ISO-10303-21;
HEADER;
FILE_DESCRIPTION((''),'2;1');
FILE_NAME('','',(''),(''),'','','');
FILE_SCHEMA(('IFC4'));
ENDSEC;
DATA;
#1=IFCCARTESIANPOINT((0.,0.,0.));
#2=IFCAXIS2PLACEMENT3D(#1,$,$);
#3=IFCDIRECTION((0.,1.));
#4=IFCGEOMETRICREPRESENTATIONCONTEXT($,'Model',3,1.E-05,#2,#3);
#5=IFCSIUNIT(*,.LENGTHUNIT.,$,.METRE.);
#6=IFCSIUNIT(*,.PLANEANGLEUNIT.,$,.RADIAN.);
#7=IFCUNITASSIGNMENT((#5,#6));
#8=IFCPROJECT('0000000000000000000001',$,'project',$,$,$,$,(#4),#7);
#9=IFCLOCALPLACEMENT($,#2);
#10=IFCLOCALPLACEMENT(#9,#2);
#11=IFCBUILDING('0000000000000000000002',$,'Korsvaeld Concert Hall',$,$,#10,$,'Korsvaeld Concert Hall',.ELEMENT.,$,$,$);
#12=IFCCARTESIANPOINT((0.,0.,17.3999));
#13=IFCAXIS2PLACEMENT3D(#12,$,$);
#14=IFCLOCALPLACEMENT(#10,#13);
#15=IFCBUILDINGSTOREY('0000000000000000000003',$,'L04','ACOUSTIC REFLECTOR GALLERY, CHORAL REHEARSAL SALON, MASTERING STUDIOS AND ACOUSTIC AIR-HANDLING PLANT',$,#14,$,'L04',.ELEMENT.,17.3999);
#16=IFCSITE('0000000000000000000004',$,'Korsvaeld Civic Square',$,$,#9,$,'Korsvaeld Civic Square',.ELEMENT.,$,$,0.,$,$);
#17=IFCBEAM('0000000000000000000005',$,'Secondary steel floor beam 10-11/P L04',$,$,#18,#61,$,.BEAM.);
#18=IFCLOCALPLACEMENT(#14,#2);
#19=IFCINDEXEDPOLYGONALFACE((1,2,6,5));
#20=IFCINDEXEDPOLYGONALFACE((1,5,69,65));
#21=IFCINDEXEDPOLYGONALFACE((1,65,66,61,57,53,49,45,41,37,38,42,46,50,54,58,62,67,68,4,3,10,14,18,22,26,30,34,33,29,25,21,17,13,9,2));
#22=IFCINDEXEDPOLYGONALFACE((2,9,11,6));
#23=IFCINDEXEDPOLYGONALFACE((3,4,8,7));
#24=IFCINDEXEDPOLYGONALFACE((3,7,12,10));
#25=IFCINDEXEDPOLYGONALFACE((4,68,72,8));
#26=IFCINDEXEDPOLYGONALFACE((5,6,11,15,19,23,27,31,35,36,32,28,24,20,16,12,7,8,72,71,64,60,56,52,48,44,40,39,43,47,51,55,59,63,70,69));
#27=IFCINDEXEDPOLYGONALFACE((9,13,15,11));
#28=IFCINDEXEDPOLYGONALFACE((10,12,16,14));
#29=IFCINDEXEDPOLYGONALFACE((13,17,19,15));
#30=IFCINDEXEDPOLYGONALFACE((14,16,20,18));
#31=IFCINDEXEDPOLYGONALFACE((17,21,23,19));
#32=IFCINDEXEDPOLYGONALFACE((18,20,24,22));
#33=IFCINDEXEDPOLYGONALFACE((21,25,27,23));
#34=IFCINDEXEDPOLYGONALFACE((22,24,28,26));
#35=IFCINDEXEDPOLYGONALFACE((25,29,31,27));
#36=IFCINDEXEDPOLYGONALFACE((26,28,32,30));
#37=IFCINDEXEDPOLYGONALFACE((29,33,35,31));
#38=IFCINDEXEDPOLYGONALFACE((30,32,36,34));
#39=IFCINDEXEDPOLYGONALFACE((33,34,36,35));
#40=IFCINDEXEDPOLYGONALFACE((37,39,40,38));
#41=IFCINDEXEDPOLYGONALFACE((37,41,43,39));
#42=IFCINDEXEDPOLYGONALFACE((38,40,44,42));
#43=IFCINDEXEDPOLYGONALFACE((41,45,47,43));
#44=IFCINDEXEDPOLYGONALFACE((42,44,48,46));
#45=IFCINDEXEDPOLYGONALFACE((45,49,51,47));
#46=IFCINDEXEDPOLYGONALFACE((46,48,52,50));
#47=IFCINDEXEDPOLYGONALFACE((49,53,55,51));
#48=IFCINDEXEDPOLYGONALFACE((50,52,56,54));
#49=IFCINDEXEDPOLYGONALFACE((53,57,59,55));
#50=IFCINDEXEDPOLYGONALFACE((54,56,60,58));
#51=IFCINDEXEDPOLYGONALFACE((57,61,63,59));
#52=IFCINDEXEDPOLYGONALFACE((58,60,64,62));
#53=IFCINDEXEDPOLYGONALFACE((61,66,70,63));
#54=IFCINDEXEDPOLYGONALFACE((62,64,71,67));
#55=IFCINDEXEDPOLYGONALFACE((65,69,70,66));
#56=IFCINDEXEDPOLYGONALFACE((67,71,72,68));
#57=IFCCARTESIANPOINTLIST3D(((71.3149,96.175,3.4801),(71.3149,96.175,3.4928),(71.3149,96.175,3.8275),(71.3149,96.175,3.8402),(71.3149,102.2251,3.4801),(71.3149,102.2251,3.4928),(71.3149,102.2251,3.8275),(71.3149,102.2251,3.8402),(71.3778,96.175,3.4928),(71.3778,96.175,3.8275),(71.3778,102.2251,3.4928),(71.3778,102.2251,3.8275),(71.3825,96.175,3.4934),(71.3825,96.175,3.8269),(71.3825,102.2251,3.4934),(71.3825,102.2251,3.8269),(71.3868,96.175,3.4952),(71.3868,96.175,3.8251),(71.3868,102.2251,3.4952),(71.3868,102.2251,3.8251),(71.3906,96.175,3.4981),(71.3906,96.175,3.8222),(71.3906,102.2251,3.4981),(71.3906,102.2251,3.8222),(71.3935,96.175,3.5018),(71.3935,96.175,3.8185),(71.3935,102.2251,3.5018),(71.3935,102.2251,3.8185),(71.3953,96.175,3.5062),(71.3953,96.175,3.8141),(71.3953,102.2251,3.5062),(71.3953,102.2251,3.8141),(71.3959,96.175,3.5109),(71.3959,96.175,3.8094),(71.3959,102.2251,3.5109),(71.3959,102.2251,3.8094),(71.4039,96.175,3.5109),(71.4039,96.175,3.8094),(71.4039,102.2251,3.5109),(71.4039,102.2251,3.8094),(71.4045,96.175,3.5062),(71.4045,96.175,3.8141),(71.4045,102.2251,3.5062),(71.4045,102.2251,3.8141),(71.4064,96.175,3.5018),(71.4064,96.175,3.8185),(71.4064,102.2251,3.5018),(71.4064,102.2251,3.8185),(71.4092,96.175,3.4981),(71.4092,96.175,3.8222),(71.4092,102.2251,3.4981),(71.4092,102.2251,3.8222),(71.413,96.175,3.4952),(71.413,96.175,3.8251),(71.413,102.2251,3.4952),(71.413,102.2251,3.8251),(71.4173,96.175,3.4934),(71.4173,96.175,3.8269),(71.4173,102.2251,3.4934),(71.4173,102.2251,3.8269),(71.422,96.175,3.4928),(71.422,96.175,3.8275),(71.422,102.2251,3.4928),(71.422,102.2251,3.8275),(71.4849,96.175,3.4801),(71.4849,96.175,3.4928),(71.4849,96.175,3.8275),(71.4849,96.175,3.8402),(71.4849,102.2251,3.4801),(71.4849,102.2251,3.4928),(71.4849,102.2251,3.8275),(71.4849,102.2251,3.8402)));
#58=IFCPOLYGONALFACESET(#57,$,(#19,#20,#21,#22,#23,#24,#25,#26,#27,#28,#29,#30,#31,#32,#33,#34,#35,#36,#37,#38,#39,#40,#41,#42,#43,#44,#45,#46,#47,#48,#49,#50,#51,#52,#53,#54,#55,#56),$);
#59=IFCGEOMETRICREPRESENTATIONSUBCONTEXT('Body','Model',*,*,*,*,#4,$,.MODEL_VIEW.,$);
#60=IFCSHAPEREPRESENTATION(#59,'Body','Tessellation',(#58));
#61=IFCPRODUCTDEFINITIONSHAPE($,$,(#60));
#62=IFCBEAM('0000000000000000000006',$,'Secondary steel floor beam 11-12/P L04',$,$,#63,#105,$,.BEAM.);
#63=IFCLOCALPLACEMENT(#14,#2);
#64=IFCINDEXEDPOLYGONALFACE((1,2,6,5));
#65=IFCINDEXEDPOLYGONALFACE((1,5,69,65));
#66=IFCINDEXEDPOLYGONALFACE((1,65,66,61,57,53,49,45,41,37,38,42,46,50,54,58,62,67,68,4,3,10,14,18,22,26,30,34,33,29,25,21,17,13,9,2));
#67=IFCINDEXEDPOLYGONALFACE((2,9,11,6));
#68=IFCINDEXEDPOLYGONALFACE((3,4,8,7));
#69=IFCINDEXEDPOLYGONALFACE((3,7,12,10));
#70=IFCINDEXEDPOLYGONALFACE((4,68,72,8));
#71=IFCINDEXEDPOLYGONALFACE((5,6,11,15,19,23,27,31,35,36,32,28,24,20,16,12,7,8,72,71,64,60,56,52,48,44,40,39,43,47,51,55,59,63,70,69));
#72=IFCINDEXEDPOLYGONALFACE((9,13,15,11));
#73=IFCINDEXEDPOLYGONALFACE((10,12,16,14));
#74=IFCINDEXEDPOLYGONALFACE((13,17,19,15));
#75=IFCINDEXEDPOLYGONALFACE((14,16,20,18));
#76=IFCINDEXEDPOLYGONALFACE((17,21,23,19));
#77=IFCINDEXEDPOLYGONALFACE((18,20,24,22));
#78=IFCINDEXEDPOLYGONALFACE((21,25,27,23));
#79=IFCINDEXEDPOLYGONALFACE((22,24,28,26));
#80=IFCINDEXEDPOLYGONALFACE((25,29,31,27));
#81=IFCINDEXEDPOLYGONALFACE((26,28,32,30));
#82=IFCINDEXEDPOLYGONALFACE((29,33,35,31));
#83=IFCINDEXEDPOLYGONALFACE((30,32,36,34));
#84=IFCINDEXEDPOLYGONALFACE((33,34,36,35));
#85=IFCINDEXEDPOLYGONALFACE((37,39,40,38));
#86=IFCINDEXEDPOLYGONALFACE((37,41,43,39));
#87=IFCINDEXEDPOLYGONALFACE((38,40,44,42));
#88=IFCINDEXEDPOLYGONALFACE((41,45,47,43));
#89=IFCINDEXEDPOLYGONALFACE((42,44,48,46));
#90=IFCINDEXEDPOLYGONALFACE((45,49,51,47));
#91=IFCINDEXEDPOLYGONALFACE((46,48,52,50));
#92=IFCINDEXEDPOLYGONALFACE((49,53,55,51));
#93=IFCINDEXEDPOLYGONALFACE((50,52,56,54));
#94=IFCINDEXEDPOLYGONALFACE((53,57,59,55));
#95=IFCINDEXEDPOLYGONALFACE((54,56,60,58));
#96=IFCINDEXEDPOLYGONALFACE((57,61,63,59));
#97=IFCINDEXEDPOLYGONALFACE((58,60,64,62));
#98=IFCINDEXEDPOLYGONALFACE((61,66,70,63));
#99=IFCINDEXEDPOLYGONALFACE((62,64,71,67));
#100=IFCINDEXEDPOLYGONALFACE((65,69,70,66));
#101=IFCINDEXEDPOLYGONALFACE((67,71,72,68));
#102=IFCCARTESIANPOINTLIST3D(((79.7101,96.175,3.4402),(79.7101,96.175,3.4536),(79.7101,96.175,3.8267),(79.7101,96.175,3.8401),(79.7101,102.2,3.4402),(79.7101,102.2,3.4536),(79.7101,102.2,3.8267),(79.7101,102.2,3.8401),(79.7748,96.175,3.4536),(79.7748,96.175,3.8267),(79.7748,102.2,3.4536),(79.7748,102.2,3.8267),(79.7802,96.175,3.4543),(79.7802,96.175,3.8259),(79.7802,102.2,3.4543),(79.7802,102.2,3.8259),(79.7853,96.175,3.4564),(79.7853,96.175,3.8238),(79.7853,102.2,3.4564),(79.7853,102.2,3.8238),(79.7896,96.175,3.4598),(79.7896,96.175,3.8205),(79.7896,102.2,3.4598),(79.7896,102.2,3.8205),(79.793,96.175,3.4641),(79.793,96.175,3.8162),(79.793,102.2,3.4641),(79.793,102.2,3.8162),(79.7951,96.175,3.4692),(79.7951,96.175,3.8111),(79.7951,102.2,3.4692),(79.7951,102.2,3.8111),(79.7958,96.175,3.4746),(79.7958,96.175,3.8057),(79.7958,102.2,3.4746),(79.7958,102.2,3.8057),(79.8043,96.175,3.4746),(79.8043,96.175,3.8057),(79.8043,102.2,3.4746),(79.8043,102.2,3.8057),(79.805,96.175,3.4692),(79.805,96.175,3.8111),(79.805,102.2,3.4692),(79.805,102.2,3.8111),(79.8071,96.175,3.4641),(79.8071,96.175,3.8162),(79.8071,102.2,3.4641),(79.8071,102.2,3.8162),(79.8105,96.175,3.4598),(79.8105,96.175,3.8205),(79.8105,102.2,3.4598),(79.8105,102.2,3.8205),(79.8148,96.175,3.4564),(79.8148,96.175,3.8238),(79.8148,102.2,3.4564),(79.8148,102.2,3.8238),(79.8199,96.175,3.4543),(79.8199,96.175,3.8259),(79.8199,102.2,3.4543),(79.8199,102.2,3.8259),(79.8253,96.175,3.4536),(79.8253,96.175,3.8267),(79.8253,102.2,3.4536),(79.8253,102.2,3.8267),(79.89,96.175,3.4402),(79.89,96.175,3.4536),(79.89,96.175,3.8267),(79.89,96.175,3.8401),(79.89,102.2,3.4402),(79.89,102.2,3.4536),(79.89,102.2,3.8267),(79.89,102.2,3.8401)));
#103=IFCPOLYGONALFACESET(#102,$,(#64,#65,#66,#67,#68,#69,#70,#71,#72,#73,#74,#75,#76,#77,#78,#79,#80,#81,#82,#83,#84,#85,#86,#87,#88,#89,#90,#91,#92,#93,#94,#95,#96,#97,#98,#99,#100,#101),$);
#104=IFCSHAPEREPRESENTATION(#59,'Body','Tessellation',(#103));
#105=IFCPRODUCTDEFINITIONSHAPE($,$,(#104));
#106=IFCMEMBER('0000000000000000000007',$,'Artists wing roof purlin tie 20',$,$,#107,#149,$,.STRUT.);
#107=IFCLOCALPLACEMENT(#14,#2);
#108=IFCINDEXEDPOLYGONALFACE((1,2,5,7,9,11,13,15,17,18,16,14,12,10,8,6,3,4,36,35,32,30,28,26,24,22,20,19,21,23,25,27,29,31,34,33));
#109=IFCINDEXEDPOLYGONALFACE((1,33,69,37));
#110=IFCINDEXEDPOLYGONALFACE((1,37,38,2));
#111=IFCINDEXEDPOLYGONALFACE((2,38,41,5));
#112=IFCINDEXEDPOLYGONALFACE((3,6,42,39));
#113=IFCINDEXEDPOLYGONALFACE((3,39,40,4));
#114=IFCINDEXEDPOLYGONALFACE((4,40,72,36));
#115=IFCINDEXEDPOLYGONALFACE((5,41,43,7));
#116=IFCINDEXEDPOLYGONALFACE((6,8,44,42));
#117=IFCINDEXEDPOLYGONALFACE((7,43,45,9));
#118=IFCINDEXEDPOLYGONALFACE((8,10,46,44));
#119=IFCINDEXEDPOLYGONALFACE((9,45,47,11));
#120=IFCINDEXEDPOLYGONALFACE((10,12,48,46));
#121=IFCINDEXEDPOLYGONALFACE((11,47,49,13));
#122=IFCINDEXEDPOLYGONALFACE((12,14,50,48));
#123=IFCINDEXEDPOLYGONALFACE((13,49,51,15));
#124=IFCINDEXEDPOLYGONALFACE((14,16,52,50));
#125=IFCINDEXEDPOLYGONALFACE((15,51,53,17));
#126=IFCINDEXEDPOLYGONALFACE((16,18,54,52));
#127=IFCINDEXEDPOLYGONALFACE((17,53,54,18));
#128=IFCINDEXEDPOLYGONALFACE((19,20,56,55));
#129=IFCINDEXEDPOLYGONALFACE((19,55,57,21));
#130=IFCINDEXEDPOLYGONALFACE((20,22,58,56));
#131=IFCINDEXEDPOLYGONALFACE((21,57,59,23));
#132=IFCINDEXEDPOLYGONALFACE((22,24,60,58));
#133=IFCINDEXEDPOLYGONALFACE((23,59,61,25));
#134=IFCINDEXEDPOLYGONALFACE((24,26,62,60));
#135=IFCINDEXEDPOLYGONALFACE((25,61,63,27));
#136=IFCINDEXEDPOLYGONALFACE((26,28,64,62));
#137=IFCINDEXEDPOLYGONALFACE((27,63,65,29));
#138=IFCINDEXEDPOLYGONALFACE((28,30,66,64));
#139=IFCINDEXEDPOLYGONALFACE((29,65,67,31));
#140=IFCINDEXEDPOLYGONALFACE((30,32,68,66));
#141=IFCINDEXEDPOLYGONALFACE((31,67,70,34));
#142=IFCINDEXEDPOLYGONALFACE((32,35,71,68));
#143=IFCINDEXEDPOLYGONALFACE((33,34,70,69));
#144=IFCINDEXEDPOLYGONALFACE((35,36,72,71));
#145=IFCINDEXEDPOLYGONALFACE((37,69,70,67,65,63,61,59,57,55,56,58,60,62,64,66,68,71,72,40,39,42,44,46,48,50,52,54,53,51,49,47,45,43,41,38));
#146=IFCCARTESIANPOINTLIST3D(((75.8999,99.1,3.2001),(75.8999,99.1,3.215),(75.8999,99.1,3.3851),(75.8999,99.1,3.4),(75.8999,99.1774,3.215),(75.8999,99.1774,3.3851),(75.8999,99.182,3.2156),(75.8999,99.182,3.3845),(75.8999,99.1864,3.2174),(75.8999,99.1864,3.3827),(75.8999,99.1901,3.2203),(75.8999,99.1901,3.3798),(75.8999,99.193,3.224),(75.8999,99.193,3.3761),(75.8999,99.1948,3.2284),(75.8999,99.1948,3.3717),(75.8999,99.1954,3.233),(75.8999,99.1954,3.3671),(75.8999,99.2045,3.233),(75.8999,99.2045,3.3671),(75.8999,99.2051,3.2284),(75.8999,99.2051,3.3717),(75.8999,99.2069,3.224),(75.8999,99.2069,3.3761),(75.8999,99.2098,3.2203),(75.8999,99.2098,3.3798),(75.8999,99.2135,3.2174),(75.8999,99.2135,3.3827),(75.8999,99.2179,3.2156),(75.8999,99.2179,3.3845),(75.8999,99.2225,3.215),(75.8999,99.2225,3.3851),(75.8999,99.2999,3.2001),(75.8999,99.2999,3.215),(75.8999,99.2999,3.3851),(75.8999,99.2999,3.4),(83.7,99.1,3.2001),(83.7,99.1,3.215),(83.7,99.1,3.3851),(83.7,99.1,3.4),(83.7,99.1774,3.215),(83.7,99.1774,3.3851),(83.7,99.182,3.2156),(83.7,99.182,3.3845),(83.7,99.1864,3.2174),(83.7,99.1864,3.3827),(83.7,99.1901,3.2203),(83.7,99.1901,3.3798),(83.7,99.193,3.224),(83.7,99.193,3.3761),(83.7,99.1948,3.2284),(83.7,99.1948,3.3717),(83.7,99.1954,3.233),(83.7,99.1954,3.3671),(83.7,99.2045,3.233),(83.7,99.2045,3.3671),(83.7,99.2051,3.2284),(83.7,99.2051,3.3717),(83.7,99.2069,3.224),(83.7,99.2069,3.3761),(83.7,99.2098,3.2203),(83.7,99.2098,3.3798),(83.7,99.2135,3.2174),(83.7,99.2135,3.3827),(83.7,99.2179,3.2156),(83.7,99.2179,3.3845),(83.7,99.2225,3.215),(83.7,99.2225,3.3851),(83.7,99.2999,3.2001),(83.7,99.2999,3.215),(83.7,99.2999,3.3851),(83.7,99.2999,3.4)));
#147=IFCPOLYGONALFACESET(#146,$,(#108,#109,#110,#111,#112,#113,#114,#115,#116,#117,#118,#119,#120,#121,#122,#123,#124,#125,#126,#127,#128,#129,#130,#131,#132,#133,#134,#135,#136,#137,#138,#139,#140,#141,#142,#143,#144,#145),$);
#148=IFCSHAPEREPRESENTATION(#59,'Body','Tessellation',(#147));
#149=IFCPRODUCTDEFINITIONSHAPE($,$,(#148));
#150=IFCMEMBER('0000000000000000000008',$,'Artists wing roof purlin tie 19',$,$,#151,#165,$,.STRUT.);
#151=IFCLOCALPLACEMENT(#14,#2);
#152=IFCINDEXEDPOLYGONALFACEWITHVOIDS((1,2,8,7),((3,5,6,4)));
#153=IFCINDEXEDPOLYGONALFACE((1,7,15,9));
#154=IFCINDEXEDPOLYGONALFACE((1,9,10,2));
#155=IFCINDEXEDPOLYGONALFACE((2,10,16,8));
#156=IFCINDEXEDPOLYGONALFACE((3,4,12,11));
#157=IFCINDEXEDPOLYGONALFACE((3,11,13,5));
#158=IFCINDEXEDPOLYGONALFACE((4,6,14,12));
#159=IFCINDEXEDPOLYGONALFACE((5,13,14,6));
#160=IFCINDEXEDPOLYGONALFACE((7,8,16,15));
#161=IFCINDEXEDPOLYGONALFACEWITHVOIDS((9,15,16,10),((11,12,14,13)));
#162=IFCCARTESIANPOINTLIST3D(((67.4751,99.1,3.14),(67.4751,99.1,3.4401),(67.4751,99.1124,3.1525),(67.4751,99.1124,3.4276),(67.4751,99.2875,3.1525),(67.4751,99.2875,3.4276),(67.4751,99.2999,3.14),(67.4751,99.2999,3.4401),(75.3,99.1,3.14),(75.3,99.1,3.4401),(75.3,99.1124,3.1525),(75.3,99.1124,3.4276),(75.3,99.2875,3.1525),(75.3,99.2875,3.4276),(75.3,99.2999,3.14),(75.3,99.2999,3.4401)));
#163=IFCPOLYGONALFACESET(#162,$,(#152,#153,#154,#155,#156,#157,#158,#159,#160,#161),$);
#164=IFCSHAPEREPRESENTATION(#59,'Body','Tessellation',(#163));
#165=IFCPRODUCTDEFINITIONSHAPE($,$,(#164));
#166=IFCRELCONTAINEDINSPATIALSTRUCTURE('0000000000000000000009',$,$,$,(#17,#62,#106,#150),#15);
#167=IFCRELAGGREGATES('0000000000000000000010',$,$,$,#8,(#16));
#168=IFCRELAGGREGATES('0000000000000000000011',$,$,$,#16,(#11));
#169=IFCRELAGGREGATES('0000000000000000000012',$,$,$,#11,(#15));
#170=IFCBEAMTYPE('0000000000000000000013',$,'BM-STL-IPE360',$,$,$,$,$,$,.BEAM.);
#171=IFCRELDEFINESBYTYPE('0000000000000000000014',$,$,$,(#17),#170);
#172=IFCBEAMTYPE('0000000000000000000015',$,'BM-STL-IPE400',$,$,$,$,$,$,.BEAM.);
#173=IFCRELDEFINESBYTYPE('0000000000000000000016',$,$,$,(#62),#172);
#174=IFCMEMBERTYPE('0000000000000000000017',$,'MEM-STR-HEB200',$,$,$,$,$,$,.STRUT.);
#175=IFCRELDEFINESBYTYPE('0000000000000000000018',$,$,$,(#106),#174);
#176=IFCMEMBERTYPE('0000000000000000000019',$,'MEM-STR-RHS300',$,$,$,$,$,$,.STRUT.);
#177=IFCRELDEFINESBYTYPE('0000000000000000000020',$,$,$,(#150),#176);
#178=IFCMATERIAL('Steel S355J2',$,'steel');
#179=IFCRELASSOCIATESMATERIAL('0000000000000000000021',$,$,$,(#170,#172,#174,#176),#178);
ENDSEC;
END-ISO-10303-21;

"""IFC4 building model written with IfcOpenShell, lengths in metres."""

from ifc_helpers import new_model, si_unit, direction, frame, origin, origin_2d, place, context, subcontext, project, spatial, hollow_rectangle, i_section, extrude, material, material_profile, profile_set, type_object, element, save


model = new_model("IFC4")

# Units and contexts
model_context = context("Model", 3, precision=1e-05, world=origin(), true_north=direction((0.0, 1.0)))
body_context = subcontext(model_context, "Body", "Model", "MODEL_VIEW")
ifc_project = project(units=[si_unit("LENGTHUNIT", "METRE"), si_unit("PLANEANGLEUNIT", "RADIAN")], contexts=[model_context])

# Site, building, storey
site_placement = place(None, origin())
site = spatial("IfcSite", under=ifc_project, at=site_placement, Name="Korsvaeld Civic Square", LongName="Korsvaeld Civic Square", CompositionType="ELEMENT", RefElevation=0.0)
building_placement = place(site_placement, origin())
building = spatial("IfcBuilding", under=site, at=building_placement, Name="Korsvaeld Concert Hall", LongName="Korsvaeld Concert Hall", CompositionType="ELEMENT")
storey_placement = place(building_placement, frame((0.0, 0.0, 17.3999)))
storey = spatial("IfcBuildingStorey", under=building, at=storey_placement, Name="L04", Description="ACOUSTIC REFLECTOR GALLERY, CHORAL REHEARSAL SALON, MASTERING STUDIOS AND ACOUSTIC AIR-HANDLING PLANT", LongName="L04", CompositionType="ELEMENT", Elevation=17.3999)

# Beams
ifc_material_1 = material(Name="Steel S355J2", Category="steel")
ifc_material_profile_1 = material_profile(ifc_material_1, i_section(OverallWidth=0.1699, OverallDepth=0.3601, WebThickness=0.0081, FlangeThickness=0.0127, FilletRadius=0.0181, at=origin_2d()), Name="IPE 360")
ifc_profile_set_1 = profile_set([ifc_material_profile_1], Name="Steel S355J2")
beam_type_1 = type_object("IfcBeamType", Name="BM-STL-IPE360", PredefinedType="BEAM", material=ifc_profile_set_1)
beam_1_placement = place(storey_placement, frame((71.3999, 96.175, 3.6602), z_axis=(0.0, 1.0, 0.0), x_axis=(-1.0, 0.0, 0.0)))
element("IfcBeam", 1, at=beam_1_placement, inside=storey, type_object=beam_type_1, Name="Secondary steel floor beam 10-11/P L04", PredefinedType="BEAM", context=body_context, shape_type="SweptSolid", body=[
    extrude(i_section(OverallWidth=0.1699, OverallDepth=0.3601, WebThickness=0.0081, FlangeThickness=0.0127, FilletRadius=0.0181, at=origin_2d()), origin(), (0.0, 0.0, 1.0), 6.05),
])
ifc_material_profile_2 = material_profile(ifc_material_1, i_section(OverallWidth=0.1799, OverallDepth=0.3999, WebThickness=0.0085, FlangeThickness=0.0134, FilletRadius=0.021, at=origin_2d()), Name="IPE 400")
ifc_profile_set_2 = profile_set([ifc_material_profile_2], Name="Steel S355J2")
beam_type_2 = type_object("IfcBeamType", Name="BM-STL-IPE400", PredefinedType="BEAM", material=ifc_profile_set_2)
beam_2_placement = place(storey_placement, frame((79.8, 96.175, 3.6401), z_axis=(0.0, 1.0, 0.0), x_axis=(-1.0, 0.0, 0.0)))
element("IfcBeam", 2, at=beam_2_placement, inside=storey, type_object=beam_type_2, Name="Secondary steel floor beam 11-12/P L04", PredefinedType="BEAM", context=body_context, shape_type="SweptSolid", body=[
    extrude(i_section(OverallWidth=0.1799, OverallDepth=0.3999, WebThickness=0.0085, FlangeThickness=0.0134, FilletRadius=0.021, at=origin_2d()), origin(), (0.0, 0.0, 1.0), 6.0249),
])

# Members
ifc_material_profile_3 = material_profile(ifc_material_1, i_section(OverallWidth=0.2, OverallDepth=0.2, WebThickness=0.009, FlangeThickness=0.0149, FilletRadius=0.0181, at=origin_2d()), Name="HEB 200")
ifc_profile_set_3 = profile_set([ifc_material_profile_3], Name="Steel S355J2")
member_type_1 = type_object("IfcMemberType", Name="MEM-STR-HEB200", PredefinedType="STRUT", material=ifc_profile_set_3)
member_1_placement = place(storey_placement, frame((75.8999, 99.2, 3.3), z_axis=(1.0, 0.0, 0.0), x_axis=(0.0, 1.0, 0.0)))
element("IfcMember", 3, at=member_1_placement, inside=storey, type_object=member_type_1, Name="Artists wing roof purlin tie 20", PredefinedType="STRUT", context=body_context, shape_type="SweptSolid", body=[
    extrude(i_section(OverallWidth=0.2, OverallDepth=0.2, WebThickness=0.009, FlangeThickness=0.0149, FilletRadius=0.0181, at=origin_2d()), origin(), (0.0, 0.0, 1.0), 7.8),
])
ifc_material_profile_4 = material_profile(ifc_material_1, hollow_rectangle(XDim=0.2, YDim=0.3, WallThickness=0.0125, at=origin_2d()), Name="RHS 300x200x12.5")
ifc_profile_set_4 = profile_set([ifc_material_profile_4], Name="Steel S355J2")
member_type_2 = type_object("IfcMemberType", Name="MEM-STR-RHS300", PredefinedType="STRUT", material=ifc_profile_set_4)
member_2_placement = place(storey_placement, frame((67.4751, 99.2, 3.29), z_axis=(1.0, 0.0, 0.0), x_axis=(0.0, 1.0, 0.0)))
element("IfcMember", 4, at=member_2_placement, inside=storey, type_object=member_type_2, Name="Artists wing roof purlin tie 19", PredefinedType="STRUT", context=body_context, shape_type="SweptSolid", body=[
    extrude(hollow_rectangle(XDim=0.2, YDim=0.3, WallThickness=0.0125, at=origin_2d()), origin(), (0.0, 0.0, 1.0), 7.825),
])

save(model, "model.ifc")
